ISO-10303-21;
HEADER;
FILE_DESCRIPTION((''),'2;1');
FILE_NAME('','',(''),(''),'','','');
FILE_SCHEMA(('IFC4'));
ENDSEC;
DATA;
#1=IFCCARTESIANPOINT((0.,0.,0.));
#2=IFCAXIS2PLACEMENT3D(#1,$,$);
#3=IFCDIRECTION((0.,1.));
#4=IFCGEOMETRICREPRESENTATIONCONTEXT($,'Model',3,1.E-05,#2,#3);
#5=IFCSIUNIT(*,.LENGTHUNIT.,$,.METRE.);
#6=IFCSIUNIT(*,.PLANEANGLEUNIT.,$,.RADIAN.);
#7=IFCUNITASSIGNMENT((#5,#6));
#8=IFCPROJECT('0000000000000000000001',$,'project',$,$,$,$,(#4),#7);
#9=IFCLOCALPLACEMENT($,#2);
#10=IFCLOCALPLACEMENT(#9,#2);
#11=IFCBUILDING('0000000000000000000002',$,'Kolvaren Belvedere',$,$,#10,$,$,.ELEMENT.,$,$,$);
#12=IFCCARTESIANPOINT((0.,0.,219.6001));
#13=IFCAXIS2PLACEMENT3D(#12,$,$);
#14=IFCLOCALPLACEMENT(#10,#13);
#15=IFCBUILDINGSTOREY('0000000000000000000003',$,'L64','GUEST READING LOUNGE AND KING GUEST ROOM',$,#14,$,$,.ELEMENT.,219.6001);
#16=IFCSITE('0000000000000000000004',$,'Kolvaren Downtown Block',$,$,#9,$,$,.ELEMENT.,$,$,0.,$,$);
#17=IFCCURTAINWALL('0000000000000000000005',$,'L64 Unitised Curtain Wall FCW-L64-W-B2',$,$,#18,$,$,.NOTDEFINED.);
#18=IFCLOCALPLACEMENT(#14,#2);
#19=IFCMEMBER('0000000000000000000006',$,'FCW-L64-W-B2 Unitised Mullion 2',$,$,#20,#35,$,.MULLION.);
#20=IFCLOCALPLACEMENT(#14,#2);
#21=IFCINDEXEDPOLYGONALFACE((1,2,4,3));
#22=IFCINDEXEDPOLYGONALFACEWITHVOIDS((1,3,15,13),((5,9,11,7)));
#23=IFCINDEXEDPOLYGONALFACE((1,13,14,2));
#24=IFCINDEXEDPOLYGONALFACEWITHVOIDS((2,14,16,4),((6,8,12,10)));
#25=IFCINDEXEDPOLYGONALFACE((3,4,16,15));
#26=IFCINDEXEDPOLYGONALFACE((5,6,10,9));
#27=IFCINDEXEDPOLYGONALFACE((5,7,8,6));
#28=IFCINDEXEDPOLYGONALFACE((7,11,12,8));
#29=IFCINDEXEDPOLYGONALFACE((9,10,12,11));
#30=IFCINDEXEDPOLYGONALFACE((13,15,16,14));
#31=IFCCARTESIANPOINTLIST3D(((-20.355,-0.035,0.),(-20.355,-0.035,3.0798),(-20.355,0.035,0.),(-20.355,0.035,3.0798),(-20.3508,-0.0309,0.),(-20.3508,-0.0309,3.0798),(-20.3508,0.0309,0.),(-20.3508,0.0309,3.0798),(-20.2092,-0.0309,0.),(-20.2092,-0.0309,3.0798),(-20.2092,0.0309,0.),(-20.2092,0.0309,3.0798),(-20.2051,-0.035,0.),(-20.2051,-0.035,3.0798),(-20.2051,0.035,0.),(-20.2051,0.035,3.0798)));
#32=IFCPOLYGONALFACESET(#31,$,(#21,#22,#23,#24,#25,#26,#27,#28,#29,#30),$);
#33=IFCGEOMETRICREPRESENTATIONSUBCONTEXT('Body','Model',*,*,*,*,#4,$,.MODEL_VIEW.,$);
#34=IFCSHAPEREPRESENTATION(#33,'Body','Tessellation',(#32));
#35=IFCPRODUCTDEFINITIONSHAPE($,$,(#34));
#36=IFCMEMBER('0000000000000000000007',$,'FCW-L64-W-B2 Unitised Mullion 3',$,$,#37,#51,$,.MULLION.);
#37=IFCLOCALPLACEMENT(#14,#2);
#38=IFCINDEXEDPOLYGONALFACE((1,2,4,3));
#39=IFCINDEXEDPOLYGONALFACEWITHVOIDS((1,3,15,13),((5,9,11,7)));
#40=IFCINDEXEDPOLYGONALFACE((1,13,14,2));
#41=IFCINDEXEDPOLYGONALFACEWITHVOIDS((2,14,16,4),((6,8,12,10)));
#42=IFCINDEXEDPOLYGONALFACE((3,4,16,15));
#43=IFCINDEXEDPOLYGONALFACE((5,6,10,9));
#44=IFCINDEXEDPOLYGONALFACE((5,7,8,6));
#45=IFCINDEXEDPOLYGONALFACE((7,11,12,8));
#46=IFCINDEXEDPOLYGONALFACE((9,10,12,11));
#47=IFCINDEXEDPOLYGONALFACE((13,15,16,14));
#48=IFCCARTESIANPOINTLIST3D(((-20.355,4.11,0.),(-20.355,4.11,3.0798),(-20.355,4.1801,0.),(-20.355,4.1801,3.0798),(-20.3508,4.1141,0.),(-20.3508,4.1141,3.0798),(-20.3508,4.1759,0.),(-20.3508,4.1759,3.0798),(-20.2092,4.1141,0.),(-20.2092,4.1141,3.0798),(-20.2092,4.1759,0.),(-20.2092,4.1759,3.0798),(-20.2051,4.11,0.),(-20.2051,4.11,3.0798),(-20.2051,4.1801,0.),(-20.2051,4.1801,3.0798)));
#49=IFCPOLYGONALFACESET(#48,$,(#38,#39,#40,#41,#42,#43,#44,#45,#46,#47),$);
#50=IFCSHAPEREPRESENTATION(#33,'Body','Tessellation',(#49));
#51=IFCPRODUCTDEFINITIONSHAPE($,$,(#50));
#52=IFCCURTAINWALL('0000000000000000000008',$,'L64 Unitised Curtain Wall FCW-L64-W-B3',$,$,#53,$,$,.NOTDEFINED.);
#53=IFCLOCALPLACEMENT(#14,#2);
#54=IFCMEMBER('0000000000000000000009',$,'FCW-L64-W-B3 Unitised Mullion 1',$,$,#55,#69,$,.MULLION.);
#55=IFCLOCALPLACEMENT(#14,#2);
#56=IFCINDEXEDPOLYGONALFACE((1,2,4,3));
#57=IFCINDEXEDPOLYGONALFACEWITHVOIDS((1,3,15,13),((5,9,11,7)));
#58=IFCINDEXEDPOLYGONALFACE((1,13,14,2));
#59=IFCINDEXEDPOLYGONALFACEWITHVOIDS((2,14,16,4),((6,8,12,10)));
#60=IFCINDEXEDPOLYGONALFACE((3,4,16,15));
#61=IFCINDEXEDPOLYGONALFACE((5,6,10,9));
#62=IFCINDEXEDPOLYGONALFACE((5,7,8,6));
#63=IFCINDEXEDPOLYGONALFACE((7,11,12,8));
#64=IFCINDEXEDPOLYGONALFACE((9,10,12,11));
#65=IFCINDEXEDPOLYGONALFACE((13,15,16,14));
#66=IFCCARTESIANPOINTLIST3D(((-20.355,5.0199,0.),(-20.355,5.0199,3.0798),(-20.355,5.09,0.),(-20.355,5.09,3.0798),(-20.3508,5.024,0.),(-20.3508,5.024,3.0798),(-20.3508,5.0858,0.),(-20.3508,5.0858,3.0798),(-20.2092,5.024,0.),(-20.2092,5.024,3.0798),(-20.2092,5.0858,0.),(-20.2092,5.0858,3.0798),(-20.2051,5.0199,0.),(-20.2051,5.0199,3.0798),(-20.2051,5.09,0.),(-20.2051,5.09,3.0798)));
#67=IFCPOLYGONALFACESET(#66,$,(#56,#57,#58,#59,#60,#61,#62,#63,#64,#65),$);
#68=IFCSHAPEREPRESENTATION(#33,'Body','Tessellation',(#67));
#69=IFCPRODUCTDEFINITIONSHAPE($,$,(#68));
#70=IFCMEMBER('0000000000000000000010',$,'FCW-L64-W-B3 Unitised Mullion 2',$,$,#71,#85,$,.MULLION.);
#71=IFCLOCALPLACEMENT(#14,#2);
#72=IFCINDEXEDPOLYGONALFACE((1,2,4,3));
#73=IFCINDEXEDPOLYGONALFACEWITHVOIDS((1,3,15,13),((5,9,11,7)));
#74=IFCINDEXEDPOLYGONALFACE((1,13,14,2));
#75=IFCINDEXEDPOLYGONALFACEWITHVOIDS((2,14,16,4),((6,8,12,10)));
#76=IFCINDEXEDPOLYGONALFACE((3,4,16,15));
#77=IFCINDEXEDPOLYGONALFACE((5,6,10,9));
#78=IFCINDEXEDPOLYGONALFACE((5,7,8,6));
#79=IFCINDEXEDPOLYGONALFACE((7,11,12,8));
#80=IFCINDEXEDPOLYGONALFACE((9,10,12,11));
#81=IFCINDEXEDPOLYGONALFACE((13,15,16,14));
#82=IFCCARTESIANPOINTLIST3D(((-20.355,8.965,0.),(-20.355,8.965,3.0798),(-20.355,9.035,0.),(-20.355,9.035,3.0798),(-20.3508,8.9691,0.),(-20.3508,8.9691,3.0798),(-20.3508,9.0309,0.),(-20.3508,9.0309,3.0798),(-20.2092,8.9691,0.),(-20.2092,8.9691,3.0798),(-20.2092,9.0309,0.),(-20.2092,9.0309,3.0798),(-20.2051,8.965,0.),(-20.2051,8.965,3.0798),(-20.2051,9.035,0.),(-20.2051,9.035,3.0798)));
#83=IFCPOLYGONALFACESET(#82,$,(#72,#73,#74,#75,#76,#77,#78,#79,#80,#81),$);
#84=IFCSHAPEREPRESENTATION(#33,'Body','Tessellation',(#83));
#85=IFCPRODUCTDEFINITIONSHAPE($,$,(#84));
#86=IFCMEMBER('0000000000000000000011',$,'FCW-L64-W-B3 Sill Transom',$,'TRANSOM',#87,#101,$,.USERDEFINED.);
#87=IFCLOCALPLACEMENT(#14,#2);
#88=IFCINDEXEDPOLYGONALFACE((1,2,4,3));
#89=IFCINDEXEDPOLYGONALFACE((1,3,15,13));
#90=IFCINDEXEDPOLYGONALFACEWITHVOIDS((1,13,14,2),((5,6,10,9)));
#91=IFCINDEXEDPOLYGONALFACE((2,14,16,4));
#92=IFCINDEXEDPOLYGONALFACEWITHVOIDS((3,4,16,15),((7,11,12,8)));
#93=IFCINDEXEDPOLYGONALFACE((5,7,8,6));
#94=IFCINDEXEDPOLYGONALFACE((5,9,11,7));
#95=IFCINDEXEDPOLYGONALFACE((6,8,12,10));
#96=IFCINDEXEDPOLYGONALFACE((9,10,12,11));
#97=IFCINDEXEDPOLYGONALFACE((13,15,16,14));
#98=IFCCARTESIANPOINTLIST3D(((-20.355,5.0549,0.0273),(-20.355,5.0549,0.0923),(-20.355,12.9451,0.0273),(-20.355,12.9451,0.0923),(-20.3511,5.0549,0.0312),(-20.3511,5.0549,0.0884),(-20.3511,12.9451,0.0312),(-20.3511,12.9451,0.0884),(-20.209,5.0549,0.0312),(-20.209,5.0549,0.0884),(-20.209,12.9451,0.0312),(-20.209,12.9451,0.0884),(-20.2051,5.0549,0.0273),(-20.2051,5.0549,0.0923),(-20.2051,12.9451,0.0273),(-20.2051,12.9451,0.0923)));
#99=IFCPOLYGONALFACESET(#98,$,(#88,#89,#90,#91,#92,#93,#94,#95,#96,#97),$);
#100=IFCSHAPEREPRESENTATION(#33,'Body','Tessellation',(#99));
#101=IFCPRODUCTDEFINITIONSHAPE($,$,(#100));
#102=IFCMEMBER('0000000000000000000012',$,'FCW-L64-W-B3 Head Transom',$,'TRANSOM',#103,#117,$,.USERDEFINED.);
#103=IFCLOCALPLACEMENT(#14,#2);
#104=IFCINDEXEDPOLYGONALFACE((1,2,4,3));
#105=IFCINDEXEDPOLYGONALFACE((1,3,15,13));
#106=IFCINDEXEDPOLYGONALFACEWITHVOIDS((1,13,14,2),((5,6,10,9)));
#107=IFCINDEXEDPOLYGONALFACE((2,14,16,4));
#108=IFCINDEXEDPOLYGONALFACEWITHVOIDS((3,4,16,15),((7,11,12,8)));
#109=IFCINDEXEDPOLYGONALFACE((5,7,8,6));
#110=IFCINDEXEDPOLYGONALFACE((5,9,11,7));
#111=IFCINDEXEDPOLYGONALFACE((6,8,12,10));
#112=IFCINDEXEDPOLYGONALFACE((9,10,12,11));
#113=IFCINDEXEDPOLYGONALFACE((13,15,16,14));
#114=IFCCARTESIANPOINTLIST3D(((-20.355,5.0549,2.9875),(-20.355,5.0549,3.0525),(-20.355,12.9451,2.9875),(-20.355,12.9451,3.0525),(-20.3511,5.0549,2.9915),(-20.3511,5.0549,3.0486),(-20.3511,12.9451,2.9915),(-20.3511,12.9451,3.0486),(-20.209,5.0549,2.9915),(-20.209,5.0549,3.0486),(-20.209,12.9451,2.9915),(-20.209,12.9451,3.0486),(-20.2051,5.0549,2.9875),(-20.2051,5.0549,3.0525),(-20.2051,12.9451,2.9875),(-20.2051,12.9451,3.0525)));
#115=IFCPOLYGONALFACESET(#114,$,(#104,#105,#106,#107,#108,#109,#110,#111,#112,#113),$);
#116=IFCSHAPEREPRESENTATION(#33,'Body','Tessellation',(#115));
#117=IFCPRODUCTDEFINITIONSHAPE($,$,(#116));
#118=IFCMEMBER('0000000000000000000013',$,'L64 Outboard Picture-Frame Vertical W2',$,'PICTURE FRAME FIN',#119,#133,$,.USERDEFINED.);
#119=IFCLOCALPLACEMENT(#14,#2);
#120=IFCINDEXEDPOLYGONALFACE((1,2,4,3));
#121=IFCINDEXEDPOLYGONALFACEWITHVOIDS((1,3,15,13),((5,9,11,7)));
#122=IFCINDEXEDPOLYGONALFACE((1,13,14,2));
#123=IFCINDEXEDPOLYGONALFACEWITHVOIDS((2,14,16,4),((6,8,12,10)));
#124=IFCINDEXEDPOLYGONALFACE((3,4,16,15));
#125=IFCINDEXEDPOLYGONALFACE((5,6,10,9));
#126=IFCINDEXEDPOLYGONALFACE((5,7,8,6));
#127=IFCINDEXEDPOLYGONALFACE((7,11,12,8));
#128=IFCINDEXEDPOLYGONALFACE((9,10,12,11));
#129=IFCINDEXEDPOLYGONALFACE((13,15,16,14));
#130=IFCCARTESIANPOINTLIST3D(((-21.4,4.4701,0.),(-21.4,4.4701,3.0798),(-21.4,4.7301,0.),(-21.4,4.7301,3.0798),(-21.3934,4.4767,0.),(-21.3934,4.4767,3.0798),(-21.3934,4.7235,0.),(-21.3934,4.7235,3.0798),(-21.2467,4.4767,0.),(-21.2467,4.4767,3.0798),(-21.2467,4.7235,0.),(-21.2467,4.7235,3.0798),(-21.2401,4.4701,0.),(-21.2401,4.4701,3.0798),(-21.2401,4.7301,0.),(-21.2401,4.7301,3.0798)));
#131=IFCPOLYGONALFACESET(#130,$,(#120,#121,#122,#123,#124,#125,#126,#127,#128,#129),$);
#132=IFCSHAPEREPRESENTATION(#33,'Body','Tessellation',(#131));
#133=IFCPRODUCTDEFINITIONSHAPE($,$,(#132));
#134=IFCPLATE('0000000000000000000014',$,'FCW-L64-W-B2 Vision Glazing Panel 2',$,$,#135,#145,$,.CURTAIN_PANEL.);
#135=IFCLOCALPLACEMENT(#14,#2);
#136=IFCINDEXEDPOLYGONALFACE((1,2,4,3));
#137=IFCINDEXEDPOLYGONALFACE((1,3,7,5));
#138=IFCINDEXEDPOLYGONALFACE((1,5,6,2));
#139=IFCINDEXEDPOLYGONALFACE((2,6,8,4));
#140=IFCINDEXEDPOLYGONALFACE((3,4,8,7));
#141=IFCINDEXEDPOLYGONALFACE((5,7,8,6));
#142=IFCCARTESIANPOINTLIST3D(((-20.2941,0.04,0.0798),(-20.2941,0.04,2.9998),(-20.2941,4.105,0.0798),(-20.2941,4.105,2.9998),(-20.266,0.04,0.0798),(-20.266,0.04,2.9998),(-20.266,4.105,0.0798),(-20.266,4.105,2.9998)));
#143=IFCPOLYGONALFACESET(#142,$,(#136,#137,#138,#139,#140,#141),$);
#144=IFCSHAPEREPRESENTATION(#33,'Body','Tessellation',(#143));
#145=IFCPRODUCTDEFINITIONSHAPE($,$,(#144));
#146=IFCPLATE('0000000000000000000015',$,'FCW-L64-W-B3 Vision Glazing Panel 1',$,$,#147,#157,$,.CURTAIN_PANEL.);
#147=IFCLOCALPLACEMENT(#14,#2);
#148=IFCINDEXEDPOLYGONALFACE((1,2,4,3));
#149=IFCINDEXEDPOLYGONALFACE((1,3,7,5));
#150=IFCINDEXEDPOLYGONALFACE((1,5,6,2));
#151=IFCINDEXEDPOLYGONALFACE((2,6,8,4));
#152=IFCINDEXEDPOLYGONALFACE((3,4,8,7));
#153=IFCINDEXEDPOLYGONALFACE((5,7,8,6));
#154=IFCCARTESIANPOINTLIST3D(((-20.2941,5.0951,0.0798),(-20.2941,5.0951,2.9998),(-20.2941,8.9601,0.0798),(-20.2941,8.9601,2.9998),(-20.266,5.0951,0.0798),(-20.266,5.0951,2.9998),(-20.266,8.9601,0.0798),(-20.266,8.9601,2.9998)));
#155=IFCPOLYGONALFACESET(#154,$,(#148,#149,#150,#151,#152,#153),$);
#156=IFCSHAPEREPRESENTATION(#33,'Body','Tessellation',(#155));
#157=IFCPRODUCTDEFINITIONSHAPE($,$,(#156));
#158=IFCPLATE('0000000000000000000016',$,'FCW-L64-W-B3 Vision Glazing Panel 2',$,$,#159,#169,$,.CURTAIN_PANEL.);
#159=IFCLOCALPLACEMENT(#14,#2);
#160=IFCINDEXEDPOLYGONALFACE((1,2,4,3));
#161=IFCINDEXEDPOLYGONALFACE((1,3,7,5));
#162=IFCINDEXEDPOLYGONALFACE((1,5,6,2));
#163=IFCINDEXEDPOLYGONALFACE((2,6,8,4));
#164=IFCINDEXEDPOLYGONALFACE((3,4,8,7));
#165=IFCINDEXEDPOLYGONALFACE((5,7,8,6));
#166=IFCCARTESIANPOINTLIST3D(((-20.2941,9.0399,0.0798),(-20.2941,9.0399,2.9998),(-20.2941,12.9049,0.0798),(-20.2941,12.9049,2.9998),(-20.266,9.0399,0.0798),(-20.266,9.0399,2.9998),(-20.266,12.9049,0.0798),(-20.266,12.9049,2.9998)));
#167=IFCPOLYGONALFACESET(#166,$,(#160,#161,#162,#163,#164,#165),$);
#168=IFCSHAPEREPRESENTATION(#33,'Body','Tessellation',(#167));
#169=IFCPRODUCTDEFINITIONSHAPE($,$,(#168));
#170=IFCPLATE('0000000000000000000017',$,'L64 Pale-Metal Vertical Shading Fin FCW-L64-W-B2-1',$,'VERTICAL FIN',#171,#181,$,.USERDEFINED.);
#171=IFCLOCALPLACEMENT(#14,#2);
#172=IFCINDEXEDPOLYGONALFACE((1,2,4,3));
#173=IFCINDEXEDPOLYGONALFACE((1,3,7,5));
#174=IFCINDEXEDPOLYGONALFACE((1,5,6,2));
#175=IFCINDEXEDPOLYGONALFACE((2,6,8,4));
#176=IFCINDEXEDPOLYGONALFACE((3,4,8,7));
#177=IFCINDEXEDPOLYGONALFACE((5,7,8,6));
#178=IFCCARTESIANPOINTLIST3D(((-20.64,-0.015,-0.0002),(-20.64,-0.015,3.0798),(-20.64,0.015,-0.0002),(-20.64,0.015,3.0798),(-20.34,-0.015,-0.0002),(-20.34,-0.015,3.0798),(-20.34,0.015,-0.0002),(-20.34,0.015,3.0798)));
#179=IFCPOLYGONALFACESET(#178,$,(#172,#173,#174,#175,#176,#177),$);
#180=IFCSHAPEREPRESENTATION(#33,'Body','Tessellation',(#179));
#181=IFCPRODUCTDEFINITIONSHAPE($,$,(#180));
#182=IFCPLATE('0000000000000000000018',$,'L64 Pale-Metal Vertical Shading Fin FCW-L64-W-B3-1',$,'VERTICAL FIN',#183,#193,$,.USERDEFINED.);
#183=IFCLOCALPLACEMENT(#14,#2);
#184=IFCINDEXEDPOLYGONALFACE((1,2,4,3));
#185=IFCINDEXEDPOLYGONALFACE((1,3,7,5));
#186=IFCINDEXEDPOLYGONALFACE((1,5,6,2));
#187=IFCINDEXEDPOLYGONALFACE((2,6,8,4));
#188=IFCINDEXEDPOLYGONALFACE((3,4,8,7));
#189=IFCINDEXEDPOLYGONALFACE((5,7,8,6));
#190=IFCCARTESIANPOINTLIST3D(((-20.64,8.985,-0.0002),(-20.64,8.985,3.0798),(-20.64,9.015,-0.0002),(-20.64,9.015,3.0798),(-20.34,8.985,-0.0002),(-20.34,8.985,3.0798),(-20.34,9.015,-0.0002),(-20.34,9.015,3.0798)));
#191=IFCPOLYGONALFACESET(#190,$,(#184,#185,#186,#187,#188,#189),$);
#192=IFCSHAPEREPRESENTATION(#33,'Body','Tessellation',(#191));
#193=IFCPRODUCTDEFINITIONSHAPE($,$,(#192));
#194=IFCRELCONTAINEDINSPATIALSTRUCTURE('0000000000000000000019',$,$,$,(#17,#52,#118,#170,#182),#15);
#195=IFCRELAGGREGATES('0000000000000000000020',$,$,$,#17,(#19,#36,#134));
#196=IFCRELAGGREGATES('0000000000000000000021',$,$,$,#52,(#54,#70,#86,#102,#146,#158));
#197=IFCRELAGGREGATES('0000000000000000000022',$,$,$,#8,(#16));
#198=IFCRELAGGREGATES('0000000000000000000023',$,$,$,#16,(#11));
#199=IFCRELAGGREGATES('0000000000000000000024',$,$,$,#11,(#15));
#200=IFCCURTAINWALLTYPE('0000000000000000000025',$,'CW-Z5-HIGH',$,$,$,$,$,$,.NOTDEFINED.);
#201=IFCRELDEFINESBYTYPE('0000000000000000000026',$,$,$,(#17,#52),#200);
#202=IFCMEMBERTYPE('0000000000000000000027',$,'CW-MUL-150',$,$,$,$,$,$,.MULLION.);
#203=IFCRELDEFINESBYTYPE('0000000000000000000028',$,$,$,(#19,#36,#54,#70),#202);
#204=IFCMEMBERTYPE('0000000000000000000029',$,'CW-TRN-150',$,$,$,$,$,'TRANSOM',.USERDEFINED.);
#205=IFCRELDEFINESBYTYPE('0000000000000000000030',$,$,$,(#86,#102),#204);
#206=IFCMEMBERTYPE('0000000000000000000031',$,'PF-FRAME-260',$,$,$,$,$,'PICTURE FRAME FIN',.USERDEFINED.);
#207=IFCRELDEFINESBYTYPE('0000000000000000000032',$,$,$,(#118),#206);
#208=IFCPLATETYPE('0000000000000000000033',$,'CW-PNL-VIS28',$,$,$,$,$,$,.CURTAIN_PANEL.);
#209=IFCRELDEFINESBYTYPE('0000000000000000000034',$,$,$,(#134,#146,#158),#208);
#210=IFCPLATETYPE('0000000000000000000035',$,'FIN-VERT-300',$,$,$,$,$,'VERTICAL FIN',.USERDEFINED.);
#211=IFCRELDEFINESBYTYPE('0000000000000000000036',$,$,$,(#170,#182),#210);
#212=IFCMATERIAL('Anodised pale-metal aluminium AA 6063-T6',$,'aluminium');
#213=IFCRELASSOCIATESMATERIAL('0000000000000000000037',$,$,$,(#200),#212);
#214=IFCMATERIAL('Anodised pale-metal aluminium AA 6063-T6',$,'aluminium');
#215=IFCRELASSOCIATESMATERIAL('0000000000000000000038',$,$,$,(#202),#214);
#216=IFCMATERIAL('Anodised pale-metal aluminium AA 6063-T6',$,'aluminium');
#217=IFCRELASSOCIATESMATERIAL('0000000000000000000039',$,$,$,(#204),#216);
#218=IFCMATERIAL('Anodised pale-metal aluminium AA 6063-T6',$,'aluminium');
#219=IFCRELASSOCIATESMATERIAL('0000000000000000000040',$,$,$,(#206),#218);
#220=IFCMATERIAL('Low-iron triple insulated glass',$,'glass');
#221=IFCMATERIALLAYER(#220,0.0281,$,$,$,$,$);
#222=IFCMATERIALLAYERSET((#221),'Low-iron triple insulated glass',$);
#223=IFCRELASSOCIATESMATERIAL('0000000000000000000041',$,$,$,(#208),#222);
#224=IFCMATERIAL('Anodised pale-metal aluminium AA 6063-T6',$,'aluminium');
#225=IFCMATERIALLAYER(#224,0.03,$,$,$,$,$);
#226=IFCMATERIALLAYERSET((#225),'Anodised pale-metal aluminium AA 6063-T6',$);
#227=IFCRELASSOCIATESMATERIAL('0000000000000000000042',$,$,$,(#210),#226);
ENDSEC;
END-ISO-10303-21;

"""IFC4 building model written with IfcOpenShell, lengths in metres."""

from ifc_helpers import new_model, si_unit, direction, frame, origin, origin_2d, place, context, subcontext, project, spatial, rectangle, hollow_rectangle, extrude, material, layer, layer_set, material_profile, profile_set, type_object, element, aggregate, save


model = new_model("IFC4")

# Units and contexts
model_context = context("Model", 3, precision=1e-05, world=origin(), true_north=direction((0.0, 1.0)))
body_context = subcontext(model_context, "Body", "Model", "MODEL_VIEW")
ifc_project = project(units=[si_unit("LENGTHUNIT", "METRE"), si_unit("PLANEANGLEUNIT", "RADIAN")], contexts=[model_context])

# Site, building, storey
site_placement = place(None, origin())
site = spatial("IfcSite", under=ifc_project, at=site_placement, Name="Kolvaren Downtown Block", CompositionType="ELEMENT", RefElevation=0.0)
building_placement = place(site_placement, origin())
building = spatial("IfcBuilding", under=site, at=building_placement, Name="Kolvaren Belvedere", CompositionType="ELEMENT")
storey_placement = place(building_placement, frame((0.0, 0.0, 219.6001)))
storey = spatial("IfcBuildingStorey", under=building, at=storey_placement, Name="L64", Description="GUEST READING LOUNGE AND KING GUEST ROOM", CompositionType="ELEMENT", Elevation=219.6001)

# Curtain walls, members
ifc_material_1 = material(Name="Anodised pale-metal aluminium AA 6063-T6", Category="aluminium")
curtain_wall_type = type_object("IfcCurtainWallType", Name="CW-Z5-HIGH", PredefinedType="NOTDEFINED", material=ifc_material_1)
curtain_wall_1_placement = place(storey_placement, origin())
curtain_wall_1 = element("IfcCurtainWall", 1, at=curtain_wall_1_placement, inside=storey, type_object=curtain_wall_type, Name="L64 Unitised Curtain Wall FCW-L64-W-B2", PredefinedType="NOTDEFINED")
ifc_material_2 = material(Name="Anodised pale-metal aluminium AA 6063-T6", Category="aluminium")
ifc_material_profile_1 = material_profile(ifc_material_2, hollow_rectangle(XDim=0.0701, YDim=0.1499, WallThickness=0.0042, at=origin_2d()), Name="ALU-MUL-150X70")
ifc_profile_set_1 = profile_set([ifc_material_profile_1], Name="Anodised pale-metal aluminium AA 6063-T6")
member_type_1 = type_object("IfcMemberType", Name="CW-MUL-150", PredefinedType="MULLION", material=ifc_profile_set_1)
member_1_placement = place(storey_placement, frame((-20.28, 0.0, 0.0), z_axis=(0.0, 0.0, 1.0), x_axis=(0.0, 1.0, 0.0)))
member_1 = element("IfcMember", 2, at=member_1_placement, type_object=member_type_1, Name="FCW-L64-W-B2 Unitised Mullion 2", PredefinedType="MULLION", context=body_context, shape_type="SweptSolid", body=[
    extrude(hollow_rectangle(XDim=0.0701, YDim=0.1499, WallThickness=0.0042, at=origin_2d()), origin(), (0.0, 0.0, 1.0), 3.0798),
])
member_2_placement = place(storey_placement, frame((-20.28, 4.145, 0.0), z_axis=(0.0, 0.0, 1.0), x_axis=(0.0, 1.0, 0.0)))
member_2 = element("IfcMember", 3, at=member_2_placement, type_object=member_type_1, Name="FCW-L64-W-B2 Unitised Mullion 3", PredefinedType="MULLION", context=body_context, shape_type="SweptSolid", body=[
    extrude(hollow_rectangle(XDim=0.0701, YDim=0.1499, WallThickness=0.0042, at=origin_2d()), origin(), (0.0, 0.0, 1.0), 3.0798),
])
curtain_wall_2_placement = place(storey_placement, origin())
curtain_wall_2 = element("IfcCurtainWall", 4, at=curtain_wall_2_placement, inside=storey, type_object=curtain_wall_type, Name="L64 Unitised Curtain Wall FCW-L64-W-B3", PredefinedType="NOTDEFINED")
member_3_placement = place(storey_placement, frame((-20.28, 5.0549, 0.0), z_axis=(0.0, 0.0, 1.0), x_axis=(0.0, 1.0, 0.0)))
member_3 = element("IfcMember", 5, at=member_3_placement, type_object=member_type_1, Name="FCW-L64-W-B3 Unitised Mullion 1", PredefinedType="MULLION", context=body_context, shape_type="SweptSolid", body=[
    extrude(hollow_rectangle(XDim=0.0701, YDim=0.1499, WallThickness=0.0042, at=origin_2d()), origin(), (0.0, 0.0, 1.0), 3.0798),
])
member_4_placement = place(storey_placement, frame((-20.28, 9.0, 0.0), z_axis=(0.0, 0.0, 1.0), x_axis=(0.0, 1.0, 0.0)))
member_4 = element("IfcMember", 6, at=member_4_placement, type_object=member_type_1, Name="FCW-L64-W-B3 Unitised Mullion 2", PredefinedType="MULLION", context=body_context, shape_type="SweptSolid", body=[
    extrude(hollow_rectangle(XDim=0.0701, YDim=0.1499, WallThickness=0.0042, at=origin_2d()), origin(), (0.0, 0.0, 1.0), 3.0798),
])
ifc_material_3 = material(Name="Anodised pale-metal aluminium AA 6063-T6", Category="aluminium")
ifc_material_profile_2 = material_profile(ifc_material_3, hollow_rectangle(XDim=0.0649, YDim=0.1499, WallThickness=0.0039, at=origin_2d()), Name="ALU-TRN-150X65")
ifc_profile_set_2 = profile_set([ifc_material_profile_2], Name="Anodised pale-metal aluminium AA 6063-T6")
member_type_2 = type_object("IfcMemberType", Name="CW-TRN-150", ElementType="TRANSOM", PredefinedType="USERDEFINED", material=ifc_profile_set_2)
member_5_placement = place(storey_placement, frame((-20.28, 5.0549, 0.0598), z_axis=(0.0, 1.0, 0.0), x_axis=(0.0, 0.0, 1.0)))
member_5 = element("IfcMember", 7, at=member_5_placement, type_object=member_type_2, Name="FCW-L64-W-B3 Sill Transom", ObjectType="TRANSOM", PredefinedType="USERDEFINED", context=body_context, shape_type="SweptSolid", body=[
    extrude(hollow_rectangle(XDim=0.0649, YDim=0.1499, WallThickness=0.0039, at=origin_2d()), origin(), (0.0, 0.0, 1.0), 7.8901),
])
member_6_placement = place(storey_placement, frame((-20.28, 5.0549, 3.02), z_axis=(0.0, 1.0, 0.0), x_axis=(0.0, 0.0, 1.0)))
member_6 = element("IfcMember", 8, at=member_6_placement, type_object=member_type_2, Name="FCW-L64-W-B3 Head Transom", ObjectType="TRANSOM", PredefinedType="USERDEFINED", context=body_context, shape_type="SweptSolid", body=[
    extrude(hollow_rectangle(XDim=0.0649, YDim=0.1499, WallThickness=0.0039, at=origin_2d()), origin(), (0.0, 0.0, 1.0), 7.8901),
])

# Member
ifc_material_4 = material(Name="Anodised pale-metal aluminium AA 6063-T6", Category="aluminium")
ifc_material_profile_3 = material_profile(ifc_material_4, hollow_rectangle(XDim=0.1599, YDim=0.26, WallThickness=0.0066, at=origin_2d()), Name="ALU-PF-260X160")
ifc_profile_set_3 = profile_set([ifc_material_profile_3], Name="Anodised pale-metal aluminium AA 6063-T6")
member_type_3 = type_object("IfcMemberType", Name="PF-FRAME-260", ElementType="PICTURE FRAME FIN", PredefinedType="USERDEFINED", material=ifc_profile_set_3)
member_7_placement = place(storey_placement, frame((-21.3201, 4.6001, 0.0), z_axis=(0.0, 0.0, 1.0), x_axis=(1.0, 0.0, 0.0)))
element("IfcMember", 9, at=member_7_placement, inside=storey, type_object=member_type_3, Name="L64 Outboard Picture-Frame Vertical W2", ObjectType="PICTURE FRAME FIN", PredefinedType="USERDEFINED", context=body_context, shape_type="SweptSolid", body=[
    extrude(hollow_rectangle(XDim=0.1599, YDim=0.26, WallThickness=0.0066, at=origin_2d()), origin(), (0.0, 0.0, 1.0), 3.0798),
])

# Plates
ifc_material_5 = material(Name="Low-iron triple insulated glass", Category="glass")
ifc_layer_1 = layer(ifc_material_5, 0.0281)
ifc_layer_set_1 = layer_set([ifc_layer_1], Name="Low-iron triple insulated glass")
plate_type_1 = type_object("IfcPlateType", Name="CW-PNL-VIS28", PredefinedType="CURTAIN_PANEL", material=ifc_layer_set_1)
plate_1_placement = place(storey_placement, frame((-20.28, 2.0725, 0.0798), z_axis=(0.0, 0.0, 1.0), x_axis=(0.0, 1.0, 0.0)))
plate_1 = element("IfcPlate", 10, at=plate_1_placement, type_object=plate_type_1, Name="FCW-L64-W-B2 Vision Glazing Panel 2", PredefinedType="CURTAIN_PANEL", context=body_context, shape_type="SweptSolid", body=[
    extrude(rectangle(XDim=4.0649, YDim=0.0281, at=origin_2d()), origin(), (0.0, 0.0, 1.0), 2.9199),
])
aggregate(curtain_wall_1, [member_1, member_2, plate_1])
plate_2_placement = place(storey_placement, frame((-20.28, 7.0276, 0.0798), z_axis=(0.0, 0.0, 1.0), x_axis=(0.0, 1.0, 0.0)))
plate_2 = element("IfcPlate", 11, at=plate_2_placement, type_object=plate_type_1, Name="FCW-L64-W-B3 Vision Glazing Panel 1", PredefinedType="CURTAIN_PANEL", context=body_context, shape_type="SweptSolid", body=[
    extrude(rectangle(XDim=3.865, YDim=0.0281, at=origin_2d()), origin(), (0.0, 0.0, 1.0), 2.9199),
])
plate_3_placement = place(storey_placement, frame((-20.28, 10.9724, 0.0798), z_axis=(0.0, 0.0, 1.0), x_axis=(0.0, 1.0, 0.0)))
plate_3 = element("IfcPlate", 12, at=plate_3_placement, type_object=plate_type_1, Name="FCW-L64-W-B3 Vision Glazing Panel 2", PredefinedType="CURTAIN_PANEL", context=body_context, shape_type="SweptSolid", body=[
    extrude(rectangle(XDim=3.865, YDim=0.0281, at=origin_2d()), origin(), (0.0, 0.0, 1.0), 2.9199),
])
aggregate(curtain_wall_2, [member_3, member_4, member_5, member_6, plate_2, plate_3])

# Plates
ifc_material_6 = material(Name="Anodised pale-metal aluminium AA 6063-T6", Category="aluminium")
ifc_layer_2 = layer(ifc_material_6, 0.03)
ifc_layer_set_2 = layer_set([ifc_layer_2], Name="Anodised pale-metal aluminium AA 6063-T6")
plate_type_2 = type_object("IfcPlateType", Name="FIN-VERT-300", ElementType="VERTICAL FIN", PredefinedType="USERDEFINED", material=ifc_layer_set_2)
for number, where, z_axis, x_axis, name in (
    (13, (-20.49, 0.0, -0.0002), (0.0, 0.0, 1.0), (1.0, 0.0, 0.0), "L64 Pale-Metal Vertical Shading Fin FCW-L64-W-B2-1"),
    (14, (-20.49, 9.0, -0.0002), (0.0, 0.0, 1.0), (1.0, 0.0, 0.0), "L64 Pale-Metal Vertical Shading Fin FCW-L64-W-B3-1"),
):
    element("IfcPlate", number, at=place(storey_placement, frame(where, z_axis=z_axis, x_axis=x_axis)), inside=storey, type_object=plate_type_2, Name=name, ObjectType="VERTICAL FIN", PredefinedType="USERDEFINED", context=body_context, shape_type="SweptSolid", body=[
        extrude(rectangle(XDim=0.3, YDim=0.03, at=origin_2d()), origin(), (0.0, 0.0, 1.0), 3.0801),
    ])

save(model, "model.ifc")
